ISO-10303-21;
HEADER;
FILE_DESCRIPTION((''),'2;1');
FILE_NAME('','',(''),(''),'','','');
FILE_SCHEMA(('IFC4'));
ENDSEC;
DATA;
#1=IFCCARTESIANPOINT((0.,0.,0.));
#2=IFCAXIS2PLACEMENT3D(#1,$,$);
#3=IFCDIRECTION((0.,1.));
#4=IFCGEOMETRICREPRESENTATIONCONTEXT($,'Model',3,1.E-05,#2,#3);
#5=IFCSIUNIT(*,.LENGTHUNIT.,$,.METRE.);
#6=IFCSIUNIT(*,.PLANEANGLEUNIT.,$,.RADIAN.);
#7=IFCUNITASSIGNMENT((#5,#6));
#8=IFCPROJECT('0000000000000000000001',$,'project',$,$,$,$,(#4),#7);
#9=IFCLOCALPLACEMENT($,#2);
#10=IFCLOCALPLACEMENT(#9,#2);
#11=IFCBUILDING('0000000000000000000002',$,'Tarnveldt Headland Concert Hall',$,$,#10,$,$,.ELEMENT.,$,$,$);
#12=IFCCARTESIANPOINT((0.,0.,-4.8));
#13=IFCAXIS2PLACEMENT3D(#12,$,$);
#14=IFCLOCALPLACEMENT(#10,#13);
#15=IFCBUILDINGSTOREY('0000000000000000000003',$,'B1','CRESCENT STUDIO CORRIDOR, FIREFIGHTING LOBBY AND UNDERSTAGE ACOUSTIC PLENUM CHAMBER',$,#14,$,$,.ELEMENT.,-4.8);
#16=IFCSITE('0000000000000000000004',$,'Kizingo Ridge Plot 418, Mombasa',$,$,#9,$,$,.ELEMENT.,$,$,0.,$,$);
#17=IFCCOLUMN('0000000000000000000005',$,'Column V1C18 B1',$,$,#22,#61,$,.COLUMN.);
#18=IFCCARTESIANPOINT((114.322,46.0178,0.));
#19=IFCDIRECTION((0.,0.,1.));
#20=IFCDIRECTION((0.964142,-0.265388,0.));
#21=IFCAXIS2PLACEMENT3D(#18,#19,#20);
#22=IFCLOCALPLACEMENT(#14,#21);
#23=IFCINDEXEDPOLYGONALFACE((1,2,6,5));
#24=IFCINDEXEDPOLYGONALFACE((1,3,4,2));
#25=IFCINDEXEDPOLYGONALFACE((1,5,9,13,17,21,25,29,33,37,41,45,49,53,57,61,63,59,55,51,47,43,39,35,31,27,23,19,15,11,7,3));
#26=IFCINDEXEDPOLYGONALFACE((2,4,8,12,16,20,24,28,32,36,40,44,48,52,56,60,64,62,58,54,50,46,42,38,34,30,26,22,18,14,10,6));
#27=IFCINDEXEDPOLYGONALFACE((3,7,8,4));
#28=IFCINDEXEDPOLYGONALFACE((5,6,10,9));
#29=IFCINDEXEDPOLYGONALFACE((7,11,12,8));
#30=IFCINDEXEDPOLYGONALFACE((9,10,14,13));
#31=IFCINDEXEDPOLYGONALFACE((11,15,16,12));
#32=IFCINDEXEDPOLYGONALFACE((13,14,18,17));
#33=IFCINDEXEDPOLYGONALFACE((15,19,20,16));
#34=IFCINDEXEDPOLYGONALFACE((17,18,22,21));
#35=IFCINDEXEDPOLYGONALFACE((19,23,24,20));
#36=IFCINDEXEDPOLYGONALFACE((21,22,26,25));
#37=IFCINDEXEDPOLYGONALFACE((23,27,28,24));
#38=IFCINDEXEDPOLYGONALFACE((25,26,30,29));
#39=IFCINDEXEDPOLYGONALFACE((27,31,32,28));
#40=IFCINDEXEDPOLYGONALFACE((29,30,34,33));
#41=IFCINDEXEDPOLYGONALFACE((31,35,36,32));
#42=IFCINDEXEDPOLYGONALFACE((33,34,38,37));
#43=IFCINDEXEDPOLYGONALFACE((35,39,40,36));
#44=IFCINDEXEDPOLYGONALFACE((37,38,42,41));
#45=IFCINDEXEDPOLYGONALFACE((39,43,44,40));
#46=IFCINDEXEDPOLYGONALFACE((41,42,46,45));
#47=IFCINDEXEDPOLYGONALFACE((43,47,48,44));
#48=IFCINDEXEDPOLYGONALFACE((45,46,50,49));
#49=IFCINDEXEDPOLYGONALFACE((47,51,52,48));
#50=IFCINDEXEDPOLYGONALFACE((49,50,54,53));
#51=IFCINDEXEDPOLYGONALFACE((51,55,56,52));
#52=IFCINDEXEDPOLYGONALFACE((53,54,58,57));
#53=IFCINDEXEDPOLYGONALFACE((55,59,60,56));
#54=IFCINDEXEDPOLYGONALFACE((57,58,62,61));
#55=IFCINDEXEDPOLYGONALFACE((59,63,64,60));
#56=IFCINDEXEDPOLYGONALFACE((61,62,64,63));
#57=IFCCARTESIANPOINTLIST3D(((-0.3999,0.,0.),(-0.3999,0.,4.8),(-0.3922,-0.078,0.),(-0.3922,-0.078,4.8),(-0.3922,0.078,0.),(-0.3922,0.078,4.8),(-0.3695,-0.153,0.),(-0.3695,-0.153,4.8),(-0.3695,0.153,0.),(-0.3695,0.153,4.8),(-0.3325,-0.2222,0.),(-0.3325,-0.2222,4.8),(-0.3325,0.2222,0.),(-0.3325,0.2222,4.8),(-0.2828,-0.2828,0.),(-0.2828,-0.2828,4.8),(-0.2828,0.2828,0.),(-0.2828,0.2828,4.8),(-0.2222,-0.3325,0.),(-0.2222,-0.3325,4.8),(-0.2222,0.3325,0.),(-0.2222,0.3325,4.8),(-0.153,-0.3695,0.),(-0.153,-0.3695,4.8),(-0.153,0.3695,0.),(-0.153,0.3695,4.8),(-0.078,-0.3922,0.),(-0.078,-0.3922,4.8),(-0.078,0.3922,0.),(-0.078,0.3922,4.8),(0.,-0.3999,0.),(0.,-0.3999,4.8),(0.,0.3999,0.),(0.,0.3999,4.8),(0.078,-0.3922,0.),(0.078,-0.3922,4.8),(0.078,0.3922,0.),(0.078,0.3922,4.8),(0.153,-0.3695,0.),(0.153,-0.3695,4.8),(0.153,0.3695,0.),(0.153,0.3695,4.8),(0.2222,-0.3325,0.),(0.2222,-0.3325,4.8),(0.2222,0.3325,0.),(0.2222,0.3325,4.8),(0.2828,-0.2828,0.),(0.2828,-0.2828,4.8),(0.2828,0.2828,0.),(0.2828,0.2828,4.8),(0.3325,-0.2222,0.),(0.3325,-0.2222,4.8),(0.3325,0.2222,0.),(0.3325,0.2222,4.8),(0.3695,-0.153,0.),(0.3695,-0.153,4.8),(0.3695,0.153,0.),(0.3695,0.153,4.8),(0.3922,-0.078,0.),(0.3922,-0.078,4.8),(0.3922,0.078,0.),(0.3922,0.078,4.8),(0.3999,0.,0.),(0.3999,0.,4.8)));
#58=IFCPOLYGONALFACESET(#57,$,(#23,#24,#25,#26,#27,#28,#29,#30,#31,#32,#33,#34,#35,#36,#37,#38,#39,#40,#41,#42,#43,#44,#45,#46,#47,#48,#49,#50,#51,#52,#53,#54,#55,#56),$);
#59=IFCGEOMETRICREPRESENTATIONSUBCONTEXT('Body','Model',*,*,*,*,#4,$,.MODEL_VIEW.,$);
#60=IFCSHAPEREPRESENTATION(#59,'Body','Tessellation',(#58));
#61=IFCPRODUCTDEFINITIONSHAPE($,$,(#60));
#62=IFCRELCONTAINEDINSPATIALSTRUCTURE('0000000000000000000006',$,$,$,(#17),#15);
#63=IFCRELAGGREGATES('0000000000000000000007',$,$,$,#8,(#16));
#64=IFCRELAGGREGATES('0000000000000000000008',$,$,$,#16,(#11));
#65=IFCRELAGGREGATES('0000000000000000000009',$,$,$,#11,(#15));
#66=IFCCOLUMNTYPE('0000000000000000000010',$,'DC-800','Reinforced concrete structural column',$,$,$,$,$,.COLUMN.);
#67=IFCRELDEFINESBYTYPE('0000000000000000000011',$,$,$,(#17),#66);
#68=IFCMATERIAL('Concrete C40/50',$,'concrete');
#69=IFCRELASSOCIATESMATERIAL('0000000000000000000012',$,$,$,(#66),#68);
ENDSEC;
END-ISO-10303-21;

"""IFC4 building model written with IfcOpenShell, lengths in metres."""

from ifc_helpers import new_model, si_unit, direction, frame, origin, origin_2d, place, context, subcontext, project, spatial, circle, extrude, material, material_profile, profile_set, type_object, element, save


model = new_model("IFC4")

# Units and contexts
model_context = context("Model", 3, precision=1e-05, world=origin(), true_north=direction((0.0, 1.0)))
body_context = subcontext(model_context, "Body", "Model", "MODEL_VIEW")
ifc_project = project(units=[si_unit("LENGTHUNIT", "METRE"), si_unit("PLANEANGLEUNIT", "RADIAN")], contexts=[model_context])

# Site, building, storey
site_placement = place(None, origin())
site = spatial("IfcSite", under=ifc_project, at=site_placement, Name="Kizingo Ridge Plot 418, Mombasa", CompositionType="ELEMENT", RefElevation=0.0)
building_placement = place(site_placement, origin())
building = spatial("IfcBuilding", under=site, at=building_placement, Name="Tarnveldt Headland Concert Hall", CompositionType="ELEMENT")
storey_placement = place(building_placement, frame((0.0, 0.0, -4.8)))
storey = spatial("IfcBuildingStorey", under=building, at=storey_placement, Name="B1", Description="CRESCENT STUDIO CORRIDOR, FIREFIGHTING LOBBY AND UNDERSTAGE ACOUSTIC PLENUM CHAMBER", CompositionType="ELEMENT", Elevation=-4.8)

# Shared definitions
ifc_material_1 = material(Name="Concrete C40/50", Category="concrete")

# Column
ifc_material_profile_1 = material_profile(ifc_material_1, circle(Radius=0.3999, at=origin_2d()), Name="RC D800", Category="concrete")
ifc_profile_set_1 = profile_set([ifc_material_profile_1], Name="Concrete C40/50")
column_type_1 = type_object("IfcColumnType", Name="DC-800", Description="Reinforced concrete structural column", PredefinedType="COLUMN", material=ifc_profile_set_1)
column_1_placement = place(storey_placement, frame((114.322, 46.0178, 0.0), z_axis=(0.0, 0.0, 1.0), x_axis=(0.964142, -0.265388, 0.0)))
element("IfcColumn", 1, at=column_1_placement, inside=storey, type_object=column_type_1, Name="Column V1C18 B1", PredefinedType="COLUMN", context=body_context, shape_type="SweptSolid", body=[
    extrude(circle(Radius=0.3999, at=origin_2d()), origin(), (0.0, 0.0, 1.0), 4.8),
])

save(model, "model.ifc")
